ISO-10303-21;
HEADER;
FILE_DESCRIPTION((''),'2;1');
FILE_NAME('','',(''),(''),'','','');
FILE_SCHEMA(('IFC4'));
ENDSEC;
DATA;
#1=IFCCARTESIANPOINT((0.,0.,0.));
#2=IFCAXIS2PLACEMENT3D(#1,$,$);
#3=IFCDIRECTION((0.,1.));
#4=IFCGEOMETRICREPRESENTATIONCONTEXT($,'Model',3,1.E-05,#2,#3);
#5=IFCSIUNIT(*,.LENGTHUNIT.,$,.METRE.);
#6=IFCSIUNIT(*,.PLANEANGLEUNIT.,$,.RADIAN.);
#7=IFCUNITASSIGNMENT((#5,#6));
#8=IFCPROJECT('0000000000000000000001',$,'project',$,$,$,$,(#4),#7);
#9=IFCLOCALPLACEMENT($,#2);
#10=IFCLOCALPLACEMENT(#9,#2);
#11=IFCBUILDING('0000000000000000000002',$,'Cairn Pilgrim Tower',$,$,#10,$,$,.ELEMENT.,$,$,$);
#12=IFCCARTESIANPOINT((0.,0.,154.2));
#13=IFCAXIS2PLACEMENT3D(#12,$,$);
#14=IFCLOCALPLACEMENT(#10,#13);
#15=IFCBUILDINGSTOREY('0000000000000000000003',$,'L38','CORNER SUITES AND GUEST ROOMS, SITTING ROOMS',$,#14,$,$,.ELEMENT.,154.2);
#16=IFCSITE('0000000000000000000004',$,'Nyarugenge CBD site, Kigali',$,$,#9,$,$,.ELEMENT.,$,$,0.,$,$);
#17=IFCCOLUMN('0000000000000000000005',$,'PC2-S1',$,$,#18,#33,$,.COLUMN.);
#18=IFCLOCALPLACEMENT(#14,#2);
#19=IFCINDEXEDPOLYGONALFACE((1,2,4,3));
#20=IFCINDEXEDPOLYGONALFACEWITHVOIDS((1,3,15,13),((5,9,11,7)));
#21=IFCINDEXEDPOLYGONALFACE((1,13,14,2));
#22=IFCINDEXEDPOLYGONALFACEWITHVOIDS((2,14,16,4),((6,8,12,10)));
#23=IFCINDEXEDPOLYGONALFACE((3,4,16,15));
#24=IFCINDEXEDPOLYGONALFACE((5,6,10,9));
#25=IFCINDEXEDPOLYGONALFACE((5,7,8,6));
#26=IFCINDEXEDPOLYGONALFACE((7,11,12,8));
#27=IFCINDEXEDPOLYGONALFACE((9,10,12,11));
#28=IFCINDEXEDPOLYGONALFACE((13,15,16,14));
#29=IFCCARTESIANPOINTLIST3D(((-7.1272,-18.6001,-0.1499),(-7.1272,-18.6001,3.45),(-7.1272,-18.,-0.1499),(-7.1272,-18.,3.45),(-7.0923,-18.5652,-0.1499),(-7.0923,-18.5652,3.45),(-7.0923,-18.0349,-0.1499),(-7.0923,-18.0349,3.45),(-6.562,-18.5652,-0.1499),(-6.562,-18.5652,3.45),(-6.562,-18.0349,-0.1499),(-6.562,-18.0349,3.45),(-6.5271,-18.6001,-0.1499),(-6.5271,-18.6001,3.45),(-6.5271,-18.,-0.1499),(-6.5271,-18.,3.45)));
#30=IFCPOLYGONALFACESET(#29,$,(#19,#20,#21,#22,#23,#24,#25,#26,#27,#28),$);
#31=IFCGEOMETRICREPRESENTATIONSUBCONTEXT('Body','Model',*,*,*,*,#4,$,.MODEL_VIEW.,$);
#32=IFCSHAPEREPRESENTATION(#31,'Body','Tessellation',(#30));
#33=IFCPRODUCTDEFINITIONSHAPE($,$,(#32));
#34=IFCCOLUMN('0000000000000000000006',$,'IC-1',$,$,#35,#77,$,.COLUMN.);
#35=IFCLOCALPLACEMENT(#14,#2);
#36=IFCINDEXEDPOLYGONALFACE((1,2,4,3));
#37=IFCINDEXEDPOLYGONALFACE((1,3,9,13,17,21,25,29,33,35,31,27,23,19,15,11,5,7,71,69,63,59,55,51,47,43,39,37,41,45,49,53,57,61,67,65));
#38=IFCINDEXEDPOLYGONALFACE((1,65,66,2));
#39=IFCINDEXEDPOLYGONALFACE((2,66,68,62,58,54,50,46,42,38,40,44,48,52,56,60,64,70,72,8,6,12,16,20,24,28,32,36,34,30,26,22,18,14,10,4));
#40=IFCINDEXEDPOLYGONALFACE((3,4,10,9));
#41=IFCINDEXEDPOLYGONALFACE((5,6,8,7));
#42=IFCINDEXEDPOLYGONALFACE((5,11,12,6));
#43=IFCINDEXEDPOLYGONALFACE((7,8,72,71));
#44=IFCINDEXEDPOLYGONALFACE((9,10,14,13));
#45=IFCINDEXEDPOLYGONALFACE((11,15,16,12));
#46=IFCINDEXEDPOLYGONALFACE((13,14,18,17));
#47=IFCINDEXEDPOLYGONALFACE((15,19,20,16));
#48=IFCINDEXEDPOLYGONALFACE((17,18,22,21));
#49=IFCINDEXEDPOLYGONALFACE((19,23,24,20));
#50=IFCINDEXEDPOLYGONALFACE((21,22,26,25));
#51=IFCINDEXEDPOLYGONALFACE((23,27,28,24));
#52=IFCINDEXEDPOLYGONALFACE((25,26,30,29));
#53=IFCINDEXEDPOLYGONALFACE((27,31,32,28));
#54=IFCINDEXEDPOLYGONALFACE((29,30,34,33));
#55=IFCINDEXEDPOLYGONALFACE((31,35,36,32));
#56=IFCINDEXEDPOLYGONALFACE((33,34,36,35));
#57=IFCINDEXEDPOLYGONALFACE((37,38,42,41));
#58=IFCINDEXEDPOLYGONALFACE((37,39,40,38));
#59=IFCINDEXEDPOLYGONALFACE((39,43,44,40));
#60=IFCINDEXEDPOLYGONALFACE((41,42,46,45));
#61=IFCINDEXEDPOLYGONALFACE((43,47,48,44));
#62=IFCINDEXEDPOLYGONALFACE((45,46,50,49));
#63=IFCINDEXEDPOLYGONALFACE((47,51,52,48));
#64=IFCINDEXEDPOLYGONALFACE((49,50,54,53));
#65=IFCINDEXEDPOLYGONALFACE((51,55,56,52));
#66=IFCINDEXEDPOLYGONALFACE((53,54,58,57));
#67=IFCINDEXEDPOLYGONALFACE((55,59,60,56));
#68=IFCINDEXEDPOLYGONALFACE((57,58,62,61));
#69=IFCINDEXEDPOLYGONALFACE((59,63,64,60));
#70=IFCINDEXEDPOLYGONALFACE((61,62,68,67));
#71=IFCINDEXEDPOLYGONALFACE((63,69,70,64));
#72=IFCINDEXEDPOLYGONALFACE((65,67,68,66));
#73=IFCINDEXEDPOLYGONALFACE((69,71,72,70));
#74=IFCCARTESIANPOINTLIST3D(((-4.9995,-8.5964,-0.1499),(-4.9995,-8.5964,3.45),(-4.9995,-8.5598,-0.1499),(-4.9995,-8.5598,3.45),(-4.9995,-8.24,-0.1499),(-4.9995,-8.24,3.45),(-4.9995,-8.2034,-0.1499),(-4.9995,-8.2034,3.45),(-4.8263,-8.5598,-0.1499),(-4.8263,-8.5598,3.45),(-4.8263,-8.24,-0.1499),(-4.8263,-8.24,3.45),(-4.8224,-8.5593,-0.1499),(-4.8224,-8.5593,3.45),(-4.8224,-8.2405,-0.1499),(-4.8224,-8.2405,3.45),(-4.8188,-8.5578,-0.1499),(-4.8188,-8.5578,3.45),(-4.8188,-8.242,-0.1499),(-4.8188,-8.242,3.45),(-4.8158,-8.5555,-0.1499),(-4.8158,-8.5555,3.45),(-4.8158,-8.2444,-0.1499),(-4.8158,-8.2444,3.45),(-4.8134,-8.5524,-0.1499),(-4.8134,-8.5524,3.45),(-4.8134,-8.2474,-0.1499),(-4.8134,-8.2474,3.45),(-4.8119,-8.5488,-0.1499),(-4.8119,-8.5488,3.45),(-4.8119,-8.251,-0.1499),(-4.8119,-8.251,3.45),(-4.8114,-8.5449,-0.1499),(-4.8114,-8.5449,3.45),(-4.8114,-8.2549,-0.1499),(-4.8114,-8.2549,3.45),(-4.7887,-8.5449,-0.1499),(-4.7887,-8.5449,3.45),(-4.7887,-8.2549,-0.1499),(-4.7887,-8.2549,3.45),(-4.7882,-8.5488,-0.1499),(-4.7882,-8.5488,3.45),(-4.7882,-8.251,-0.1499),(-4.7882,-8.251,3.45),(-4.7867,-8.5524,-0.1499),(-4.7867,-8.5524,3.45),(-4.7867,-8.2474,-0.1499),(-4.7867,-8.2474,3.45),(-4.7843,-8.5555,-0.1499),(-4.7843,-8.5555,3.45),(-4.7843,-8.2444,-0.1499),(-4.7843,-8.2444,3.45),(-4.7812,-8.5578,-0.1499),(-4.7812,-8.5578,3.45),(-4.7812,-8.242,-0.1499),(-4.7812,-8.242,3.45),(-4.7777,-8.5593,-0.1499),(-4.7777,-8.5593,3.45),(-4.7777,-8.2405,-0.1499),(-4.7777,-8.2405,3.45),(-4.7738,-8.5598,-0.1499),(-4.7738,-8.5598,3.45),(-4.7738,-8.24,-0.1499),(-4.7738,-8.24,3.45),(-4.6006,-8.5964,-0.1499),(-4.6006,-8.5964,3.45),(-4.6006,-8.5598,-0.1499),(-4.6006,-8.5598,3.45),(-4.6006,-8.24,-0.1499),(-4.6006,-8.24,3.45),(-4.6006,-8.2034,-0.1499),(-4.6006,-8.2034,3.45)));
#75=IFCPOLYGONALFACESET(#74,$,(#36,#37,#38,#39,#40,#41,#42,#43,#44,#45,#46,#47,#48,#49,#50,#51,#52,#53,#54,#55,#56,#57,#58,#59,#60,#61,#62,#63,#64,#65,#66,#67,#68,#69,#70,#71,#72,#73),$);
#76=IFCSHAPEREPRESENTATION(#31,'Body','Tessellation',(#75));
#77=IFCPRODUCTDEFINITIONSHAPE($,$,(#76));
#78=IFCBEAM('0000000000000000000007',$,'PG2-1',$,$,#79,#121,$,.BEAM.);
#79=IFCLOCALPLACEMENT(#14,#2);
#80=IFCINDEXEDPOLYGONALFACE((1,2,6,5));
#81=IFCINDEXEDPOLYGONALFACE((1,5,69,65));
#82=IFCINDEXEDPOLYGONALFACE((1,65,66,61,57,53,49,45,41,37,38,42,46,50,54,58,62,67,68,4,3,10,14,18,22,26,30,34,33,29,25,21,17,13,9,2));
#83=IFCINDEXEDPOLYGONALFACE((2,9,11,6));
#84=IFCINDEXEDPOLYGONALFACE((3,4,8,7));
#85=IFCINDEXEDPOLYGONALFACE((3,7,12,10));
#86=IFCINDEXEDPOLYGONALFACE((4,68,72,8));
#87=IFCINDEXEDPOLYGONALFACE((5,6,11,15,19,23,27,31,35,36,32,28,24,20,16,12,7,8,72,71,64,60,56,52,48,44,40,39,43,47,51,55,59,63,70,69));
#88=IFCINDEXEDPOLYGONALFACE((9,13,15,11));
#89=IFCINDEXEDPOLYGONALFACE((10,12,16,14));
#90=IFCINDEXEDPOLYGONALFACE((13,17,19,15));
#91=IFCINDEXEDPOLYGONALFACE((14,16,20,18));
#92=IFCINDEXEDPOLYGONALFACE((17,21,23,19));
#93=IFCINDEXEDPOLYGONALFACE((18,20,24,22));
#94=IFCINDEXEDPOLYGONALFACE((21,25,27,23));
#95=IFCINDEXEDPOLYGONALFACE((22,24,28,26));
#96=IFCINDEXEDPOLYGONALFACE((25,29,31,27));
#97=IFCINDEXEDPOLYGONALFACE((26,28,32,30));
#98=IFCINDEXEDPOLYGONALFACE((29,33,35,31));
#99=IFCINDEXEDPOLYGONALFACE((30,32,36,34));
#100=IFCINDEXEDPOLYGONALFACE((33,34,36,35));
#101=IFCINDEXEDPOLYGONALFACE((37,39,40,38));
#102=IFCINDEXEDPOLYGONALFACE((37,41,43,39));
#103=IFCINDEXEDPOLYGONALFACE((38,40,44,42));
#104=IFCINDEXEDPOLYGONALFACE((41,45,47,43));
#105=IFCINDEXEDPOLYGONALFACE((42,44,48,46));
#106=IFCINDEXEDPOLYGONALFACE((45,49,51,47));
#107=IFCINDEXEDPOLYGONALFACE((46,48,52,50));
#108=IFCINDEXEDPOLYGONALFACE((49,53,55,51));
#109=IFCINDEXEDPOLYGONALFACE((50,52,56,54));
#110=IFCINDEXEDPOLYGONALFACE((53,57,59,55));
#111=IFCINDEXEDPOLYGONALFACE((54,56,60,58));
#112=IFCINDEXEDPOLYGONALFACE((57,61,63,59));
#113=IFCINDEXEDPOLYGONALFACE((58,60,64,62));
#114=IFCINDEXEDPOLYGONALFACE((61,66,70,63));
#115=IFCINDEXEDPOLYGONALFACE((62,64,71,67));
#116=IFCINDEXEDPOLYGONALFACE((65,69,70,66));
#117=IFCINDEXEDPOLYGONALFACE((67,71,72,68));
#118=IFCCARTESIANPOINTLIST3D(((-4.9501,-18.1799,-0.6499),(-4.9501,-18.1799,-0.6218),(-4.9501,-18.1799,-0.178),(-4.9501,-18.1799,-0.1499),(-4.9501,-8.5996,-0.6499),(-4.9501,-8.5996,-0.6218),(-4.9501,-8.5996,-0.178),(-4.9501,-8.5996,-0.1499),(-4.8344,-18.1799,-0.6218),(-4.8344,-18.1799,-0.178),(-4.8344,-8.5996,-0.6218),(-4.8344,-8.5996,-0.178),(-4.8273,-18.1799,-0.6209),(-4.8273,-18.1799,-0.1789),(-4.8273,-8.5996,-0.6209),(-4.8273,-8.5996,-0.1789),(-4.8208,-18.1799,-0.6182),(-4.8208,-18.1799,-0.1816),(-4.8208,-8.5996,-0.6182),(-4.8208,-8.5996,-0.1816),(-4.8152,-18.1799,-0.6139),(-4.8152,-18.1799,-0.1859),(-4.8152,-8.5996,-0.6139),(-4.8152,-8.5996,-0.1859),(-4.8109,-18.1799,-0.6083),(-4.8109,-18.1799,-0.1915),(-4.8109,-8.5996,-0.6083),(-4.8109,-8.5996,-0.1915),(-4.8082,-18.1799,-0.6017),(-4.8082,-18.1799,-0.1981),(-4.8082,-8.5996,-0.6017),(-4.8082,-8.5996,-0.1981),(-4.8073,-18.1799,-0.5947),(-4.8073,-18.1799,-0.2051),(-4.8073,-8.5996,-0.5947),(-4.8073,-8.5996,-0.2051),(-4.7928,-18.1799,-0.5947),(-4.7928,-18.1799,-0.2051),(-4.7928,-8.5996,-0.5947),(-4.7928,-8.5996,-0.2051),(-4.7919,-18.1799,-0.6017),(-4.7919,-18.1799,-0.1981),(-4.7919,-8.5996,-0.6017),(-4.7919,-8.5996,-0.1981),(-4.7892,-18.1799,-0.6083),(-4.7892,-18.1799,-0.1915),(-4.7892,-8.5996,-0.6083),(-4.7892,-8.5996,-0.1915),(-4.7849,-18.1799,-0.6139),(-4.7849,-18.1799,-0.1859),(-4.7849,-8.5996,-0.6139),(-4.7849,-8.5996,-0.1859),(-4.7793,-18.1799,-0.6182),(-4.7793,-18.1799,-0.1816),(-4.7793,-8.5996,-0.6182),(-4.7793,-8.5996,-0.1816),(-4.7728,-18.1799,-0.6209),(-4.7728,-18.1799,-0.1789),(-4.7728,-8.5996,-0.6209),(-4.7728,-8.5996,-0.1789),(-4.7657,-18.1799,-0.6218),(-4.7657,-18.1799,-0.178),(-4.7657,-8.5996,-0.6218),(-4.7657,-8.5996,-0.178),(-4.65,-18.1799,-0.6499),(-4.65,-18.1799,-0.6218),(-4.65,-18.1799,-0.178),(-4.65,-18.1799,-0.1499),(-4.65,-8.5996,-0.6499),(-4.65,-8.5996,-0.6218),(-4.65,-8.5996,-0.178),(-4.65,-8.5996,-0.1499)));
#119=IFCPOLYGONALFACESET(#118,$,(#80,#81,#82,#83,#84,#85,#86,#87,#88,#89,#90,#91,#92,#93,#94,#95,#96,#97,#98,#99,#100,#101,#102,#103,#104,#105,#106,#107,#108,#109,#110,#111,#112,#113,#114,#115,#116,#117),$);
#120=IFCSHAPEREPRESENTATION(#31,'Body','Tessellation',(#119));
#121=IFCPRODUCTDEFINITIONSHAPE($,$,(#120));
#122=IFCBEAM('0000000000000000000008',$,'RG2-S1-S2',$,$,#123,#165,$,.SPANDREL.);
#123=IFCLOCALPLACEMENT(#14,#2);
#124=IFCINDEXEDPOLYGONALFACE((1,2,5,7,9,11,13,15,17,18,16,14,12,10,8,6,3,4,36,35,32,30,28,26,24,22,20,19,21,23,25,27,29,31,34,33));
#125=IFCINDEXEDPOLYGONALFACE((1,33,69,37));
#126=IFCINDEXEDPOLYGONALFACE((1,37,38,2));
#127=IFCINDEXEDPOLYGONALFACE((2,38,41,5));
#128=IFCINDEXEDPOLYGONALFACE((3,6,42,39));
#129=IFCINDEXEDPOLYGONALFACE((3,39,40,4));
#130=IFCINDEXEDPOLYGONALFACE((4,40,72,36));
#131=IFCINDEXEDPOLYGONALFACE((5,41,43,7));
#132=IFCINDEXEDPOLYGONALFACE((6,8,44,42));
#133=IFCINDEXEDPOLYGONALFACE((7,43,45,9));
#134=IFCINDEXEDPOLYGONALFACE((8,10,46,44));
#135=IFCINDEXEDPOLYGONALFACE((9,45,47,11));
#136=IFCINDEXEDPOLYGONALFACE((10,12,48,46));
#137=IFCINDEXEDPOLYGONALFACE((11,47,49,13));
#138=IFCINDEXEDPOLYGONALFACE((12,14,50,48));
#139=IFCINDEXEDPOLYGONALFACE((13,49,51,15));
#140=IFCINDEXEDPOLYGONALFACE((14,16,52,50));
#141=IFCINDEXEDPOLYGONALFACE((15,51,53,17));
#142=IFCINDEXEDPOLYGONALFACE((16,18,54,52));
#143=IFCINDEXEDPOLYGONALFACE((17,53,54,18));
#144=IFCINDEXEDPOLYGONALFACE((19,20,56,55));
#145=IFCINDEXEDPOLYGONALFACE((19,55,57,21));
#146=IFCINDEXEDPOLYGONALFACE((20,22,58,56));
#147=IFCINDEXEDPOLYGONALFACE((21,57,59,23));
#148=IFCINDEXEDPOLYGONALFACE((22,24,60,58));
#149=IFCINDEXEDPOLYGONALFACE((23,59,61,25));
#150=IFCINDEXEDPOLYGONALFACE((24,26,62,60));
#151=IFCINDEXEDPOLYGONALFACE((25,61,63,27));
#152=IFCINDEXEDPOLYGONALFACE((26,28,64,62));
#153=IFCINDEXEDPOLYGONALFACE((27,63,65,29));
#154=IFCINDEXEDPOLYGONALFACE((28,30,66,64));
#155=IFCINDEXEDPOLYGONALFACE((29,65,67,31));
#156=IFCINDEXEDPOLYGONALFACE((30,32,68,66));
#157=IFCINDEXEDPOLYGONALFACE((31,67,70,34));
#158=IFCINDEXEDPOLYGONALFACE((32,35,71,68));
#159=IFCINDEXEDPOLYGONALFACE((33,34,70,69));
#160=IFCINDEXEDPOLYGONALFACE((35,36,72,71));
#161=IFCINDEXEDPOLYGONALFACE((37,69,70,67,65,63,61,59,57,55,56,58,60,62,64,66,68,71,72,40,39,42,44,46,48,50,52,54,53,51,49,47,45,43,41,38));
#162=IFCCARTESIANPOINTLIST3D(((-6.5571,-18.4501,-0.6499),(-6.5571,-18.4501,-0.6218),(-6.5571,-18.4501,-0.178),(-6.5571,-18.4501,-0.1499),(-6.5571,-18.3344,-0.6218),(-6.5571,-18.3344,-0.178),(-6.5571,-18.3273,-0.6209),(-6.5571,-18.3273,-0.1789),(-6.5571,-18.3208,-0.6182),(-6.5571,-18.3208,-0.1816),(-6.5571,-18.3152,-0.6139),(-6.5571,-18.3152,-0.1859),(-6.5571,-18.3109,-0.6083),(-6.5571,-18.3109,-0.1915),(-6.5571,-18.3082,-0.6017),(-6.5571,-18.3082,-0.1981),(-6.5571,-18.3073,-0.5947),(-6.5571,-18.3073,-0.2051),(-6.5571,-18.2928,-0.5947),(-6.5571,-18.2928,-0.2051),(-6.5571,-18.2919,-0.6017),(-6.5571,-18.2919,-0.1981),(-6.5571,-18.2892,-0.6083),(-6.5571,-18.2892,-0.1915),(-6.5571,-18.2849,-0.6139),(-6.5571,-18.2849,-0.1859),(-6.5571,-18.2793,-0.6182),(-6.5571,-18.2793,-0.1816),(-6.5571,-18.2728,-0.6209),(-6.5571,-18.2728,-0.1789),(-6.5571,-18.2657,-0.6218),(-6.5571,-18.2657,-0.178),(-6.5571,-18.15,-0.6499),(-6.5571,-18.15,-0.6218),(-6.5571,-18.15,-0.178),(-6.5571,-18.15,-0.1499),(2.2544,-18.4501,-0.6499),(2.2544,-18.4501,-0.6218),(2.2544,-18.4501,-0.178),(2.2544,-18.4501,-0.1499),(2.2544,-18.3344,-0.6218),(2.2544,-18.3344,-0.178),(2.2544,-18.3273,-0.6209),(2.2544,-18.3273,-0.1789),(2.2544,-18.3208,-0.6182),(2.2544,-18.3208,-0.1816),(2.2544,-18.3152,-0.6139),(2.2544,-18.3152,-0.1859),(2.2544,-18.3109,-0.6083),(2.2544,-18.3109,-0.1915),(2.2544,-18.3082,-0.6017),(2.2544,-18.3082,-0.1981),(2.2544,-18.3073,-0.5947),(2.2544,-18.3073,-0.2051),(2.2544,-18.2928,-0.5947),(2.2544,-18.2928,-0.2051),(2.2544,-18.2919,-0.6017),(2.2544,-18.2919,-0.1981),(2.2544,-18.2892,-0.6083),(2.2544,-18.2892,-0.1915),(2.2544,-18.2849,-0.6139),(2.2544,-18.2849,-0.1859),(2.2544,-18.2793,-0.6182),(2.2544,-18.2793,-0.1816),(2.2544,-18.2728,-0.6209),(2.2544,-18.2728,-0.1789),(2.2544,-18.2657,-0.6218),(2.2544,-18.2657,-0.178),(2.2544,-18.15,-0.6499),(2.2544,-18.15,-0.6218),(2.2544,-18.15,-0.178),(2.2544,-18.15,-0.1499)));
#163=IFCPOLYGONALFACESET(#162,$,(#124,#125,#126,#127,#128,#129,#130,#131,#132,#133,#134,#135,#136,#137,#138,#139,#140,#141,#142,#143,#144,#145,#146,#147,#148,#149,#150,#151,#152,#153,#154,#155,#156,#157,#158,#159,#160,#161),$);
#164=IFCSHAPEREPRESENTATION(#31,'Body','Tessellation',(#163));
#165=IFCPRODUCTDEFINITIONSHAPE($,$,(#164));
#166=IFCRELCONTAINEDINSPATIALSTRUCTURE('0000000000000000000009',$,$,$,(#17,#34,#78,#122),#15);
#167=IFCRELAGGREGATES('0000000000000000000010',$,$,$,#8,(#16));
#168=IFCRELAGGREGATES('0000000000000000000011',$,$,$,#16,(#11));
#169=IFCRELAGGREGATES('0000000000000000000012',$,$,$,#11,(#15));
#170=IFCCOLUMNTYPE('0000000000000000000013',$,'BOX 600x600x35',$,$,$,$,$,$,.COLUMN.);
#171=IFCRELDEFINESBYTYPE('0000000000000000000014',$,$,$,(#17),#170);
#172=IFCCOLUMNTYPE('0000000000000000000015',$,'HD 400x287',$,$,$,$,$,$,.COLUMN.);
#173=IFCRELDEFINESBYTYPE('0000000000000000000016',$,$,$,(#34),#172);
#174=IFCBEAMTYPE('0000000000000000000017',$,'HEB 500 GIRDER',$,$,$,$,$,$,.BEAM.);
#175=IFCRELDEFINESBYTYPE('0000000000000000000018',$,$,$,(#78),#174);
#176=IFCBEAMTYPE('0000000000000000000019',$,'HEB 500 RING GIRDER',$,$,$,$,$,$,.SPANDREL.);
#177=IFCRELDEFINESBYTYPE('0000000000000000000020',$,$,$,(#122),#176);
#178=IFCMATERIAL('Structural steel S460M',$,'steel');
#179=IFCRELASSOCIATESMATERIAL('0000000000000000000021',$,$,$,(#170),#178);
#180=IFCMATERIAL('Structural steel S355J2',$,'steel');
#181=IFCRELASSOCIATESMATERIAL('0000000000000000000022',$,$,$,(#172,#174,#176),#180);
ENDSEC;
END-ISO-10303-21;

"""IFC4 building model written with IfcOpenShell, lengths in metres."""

from ifc_helpers import new_model, si_unit, direction, frame, origin, origin_2d, place, context, subcontext, project, spatial, hollow_rectangle, i_section, extrude, material, material_profile, profile_set, type_object, element, save


model = new_model("IFC4")

# Units and contexts
model_context = context("Model", 3, precision=1e-05, world=origin(), true_north=direction((0.0, 1.0)))
body_context = subcontext(model_context, "Body", "Model", "MODEL_VIEW")
ifc_project = project(units=[si_unit("LENGTHUNIT", "METRE"), si_unit("PLANEANGLEUNIT", "RADIAN")], contexts=[model_context])

# Site, building, storey
site_placement = place(None, origin())
site = spatial("IfcSite", under=ifc_project, at=site_placement, Name="Nyarugenge CBD site, Kigali", CompositionType="ELEMENT", RefElevation=0.0)
building_placement = place(site_placement, origin())
building = spatial("IfcBuilding", under=site, at=building_placement, Name="Cairn Pilgrim Tower", CompositionType="ELEMENT")
storey_placement = place(building_placement, frame((0.0, 0.0, 154.2)))
storey = spatial("IfcBuildingStorey", under=building, at=storey_placement, Name="L38", Description="CORNER SUITES AND GUEST ROOMS, SITTING ROOMS", CompositionType="ELEMENT", Elevation=154.2)

# Columns
ifc_material_1 = material(Name="Structural steel S460M", Category="steel")
ifc_material_profile_1 = material_profile(ifc_material_1, hollow_rectangle(XDim=0.6001, YDim=0.6001, WallThickness=0.0349, at=origin_2d()), Name="BOX 600x600x35")
ifc_profile_set_1 = profile_set([ifc_material_profile_1], Name="Structural steel S460M")
column_type_1 = type_object("IfcColumnType", Name="BOX 600x600x35", PredefinedType="COLUMN", material=ifc_profile_set_1)
column_1_placement = place(storey_placement, frame((-6.8271, -18.3, -0.1499), z_axis=(0.0, 0.0, 1.0), x_axis=(1.0, 0.0, 0.0)))
element("IfcColumn", 1, at=column_1_placement, inside=storey, type_object=column_type_1, Name="PC2-S1", PredefinedType="COLUMN", context=body_context, shape_type="SweptSolid", body=[
    extrude(hollow_rectangle(XDim=0.6001, YDim=0.6001, WallThickness=0.0349, at=origin_2d()), origin(), (0.0, 0.0, 1.0), 3.5999),
])
ifc_material_2 = material(Name="Structural steel S355J2", Category="steel")
ifc_material_profile_2 = material_profile(ifc_material_2, i_section(OverallWidth=0.3989, OverallDepth=0.3931, WebThickness=0.0227, FlangeThickness=0.0366, FilletRadius=0.0149, at=origin_2d()), Name="HD 400x287")
ifc_profile_set_2 = profile_set([ifc_material_profile_2], Name="Structural steel S355J2")
column_type_2 = type_object("IfcColumnType", Name="HD 400x287", PredefinedType="COLUMN", material=ifc_profile_set_2)
column_2_placement = place(storey_placement, frame((-4.8, -8.3999, -0.1499), z_axis=(0.0, 0.0, 1.0), x_axis=(1.0, 0.0, 0.0)))
element("IfcColumn", 2, at=column_2_placement, inside=storey, type_object=column_type_2, Name="IC-1", PredefinedType="COLUMN", context=body_context, shape_type="SweptSolid", body=[
    extrude(i_section(OverallWidth=0.3989, OverallDepth=0.3931, WebThickness=0.0227, FlangeThickness=0.0366, FilletRadius=0.0149, at=origin_2d()), origin(), (0.0, 0.0, 1.0), 3.5999),
])

# Beams
ifc_material_profile_3 = material_profile(ifc_material_2, i_section(OverallWidth=0.3, OverallDepth=0.5, WebThickness=0.0144, FlangeThickness=0.0281, FilletRadius=0.0271, at=origin_2d()), Name="HEB 500")
ifc_profile_set_3 = profile_set([ifc_material_profile_3], Name="Structural steel S355J2")
beam_type_1 = type_object("IfcBeamType", Name="HEB 500 GIRDER", PredefinedType="BEAM", material=ifc_profile_set_3)
beam_1_placement = place(storey_placement, frame((-4.8, -18.1799, -0.3999), z_axis=(0.0, 1.0, 0.0), x_axis=(-1.0, 0.0, 0.0)))
element("IfcBeam", 3, at=beam_1_placement, inside=storey, type_object=beam_type_1, Name="PG2-1", PredefinedType="BEAM", context=body_context, shape_type="SweptSolid", body=[
    extrude(i_section(OverallWidth=0.3, OverallDepth=0.5, WebThickness=0.0144, FlangeThickness=0.0281, FilletRadius=0.0271, at=origin_2d()), origin(), (0.0, 0.0, 1.0), 9.5803),
])
ifc_material_profile_4 = material_profile(ifc_material_2, i_section(OverallWidth=0.3, OverallDepth=0.5, WebThickness=0.0144, FlangeThickness=0.0281, FilletRadius=0.0271, at=origin_2d()), Name="HEB 500")
ifc_profile_set_4 = profile_set([ifc_material_profile_4], Name="Structural steel S355J2")
beam_type_2 = type_object("IfcBeamType", Name="HEB 500 RING GIRDER", PredefinedType="SPANDREL", material=ifc_profile_set_4)
beam_2_placement = place(storey_placement, frame((-6.5571, -18.3, -0.3999), z_axis=(1.0, 0.0, 0.0), x_axis=(0.0, 1.0, 0.0)))
element("IfcBeam", 4, at=beam_2_placement, inside=storey, type_object=beam_type_2, Name="RG2-S1-S2", PredefinedType="SPANDREL", context=body_context, shape_type="SweptSolid", body=[
    extrude(i_section(OverallWidth=0.3, OverallDepth=0.5, WebThickness=0.0144, FlangeThickness=0.0281, FilletRadius=0.0271, at=origin_2d()), origin(), (0.0, 0.0, 1.0), 8.8115),
])

save(model, "model.ifc")
